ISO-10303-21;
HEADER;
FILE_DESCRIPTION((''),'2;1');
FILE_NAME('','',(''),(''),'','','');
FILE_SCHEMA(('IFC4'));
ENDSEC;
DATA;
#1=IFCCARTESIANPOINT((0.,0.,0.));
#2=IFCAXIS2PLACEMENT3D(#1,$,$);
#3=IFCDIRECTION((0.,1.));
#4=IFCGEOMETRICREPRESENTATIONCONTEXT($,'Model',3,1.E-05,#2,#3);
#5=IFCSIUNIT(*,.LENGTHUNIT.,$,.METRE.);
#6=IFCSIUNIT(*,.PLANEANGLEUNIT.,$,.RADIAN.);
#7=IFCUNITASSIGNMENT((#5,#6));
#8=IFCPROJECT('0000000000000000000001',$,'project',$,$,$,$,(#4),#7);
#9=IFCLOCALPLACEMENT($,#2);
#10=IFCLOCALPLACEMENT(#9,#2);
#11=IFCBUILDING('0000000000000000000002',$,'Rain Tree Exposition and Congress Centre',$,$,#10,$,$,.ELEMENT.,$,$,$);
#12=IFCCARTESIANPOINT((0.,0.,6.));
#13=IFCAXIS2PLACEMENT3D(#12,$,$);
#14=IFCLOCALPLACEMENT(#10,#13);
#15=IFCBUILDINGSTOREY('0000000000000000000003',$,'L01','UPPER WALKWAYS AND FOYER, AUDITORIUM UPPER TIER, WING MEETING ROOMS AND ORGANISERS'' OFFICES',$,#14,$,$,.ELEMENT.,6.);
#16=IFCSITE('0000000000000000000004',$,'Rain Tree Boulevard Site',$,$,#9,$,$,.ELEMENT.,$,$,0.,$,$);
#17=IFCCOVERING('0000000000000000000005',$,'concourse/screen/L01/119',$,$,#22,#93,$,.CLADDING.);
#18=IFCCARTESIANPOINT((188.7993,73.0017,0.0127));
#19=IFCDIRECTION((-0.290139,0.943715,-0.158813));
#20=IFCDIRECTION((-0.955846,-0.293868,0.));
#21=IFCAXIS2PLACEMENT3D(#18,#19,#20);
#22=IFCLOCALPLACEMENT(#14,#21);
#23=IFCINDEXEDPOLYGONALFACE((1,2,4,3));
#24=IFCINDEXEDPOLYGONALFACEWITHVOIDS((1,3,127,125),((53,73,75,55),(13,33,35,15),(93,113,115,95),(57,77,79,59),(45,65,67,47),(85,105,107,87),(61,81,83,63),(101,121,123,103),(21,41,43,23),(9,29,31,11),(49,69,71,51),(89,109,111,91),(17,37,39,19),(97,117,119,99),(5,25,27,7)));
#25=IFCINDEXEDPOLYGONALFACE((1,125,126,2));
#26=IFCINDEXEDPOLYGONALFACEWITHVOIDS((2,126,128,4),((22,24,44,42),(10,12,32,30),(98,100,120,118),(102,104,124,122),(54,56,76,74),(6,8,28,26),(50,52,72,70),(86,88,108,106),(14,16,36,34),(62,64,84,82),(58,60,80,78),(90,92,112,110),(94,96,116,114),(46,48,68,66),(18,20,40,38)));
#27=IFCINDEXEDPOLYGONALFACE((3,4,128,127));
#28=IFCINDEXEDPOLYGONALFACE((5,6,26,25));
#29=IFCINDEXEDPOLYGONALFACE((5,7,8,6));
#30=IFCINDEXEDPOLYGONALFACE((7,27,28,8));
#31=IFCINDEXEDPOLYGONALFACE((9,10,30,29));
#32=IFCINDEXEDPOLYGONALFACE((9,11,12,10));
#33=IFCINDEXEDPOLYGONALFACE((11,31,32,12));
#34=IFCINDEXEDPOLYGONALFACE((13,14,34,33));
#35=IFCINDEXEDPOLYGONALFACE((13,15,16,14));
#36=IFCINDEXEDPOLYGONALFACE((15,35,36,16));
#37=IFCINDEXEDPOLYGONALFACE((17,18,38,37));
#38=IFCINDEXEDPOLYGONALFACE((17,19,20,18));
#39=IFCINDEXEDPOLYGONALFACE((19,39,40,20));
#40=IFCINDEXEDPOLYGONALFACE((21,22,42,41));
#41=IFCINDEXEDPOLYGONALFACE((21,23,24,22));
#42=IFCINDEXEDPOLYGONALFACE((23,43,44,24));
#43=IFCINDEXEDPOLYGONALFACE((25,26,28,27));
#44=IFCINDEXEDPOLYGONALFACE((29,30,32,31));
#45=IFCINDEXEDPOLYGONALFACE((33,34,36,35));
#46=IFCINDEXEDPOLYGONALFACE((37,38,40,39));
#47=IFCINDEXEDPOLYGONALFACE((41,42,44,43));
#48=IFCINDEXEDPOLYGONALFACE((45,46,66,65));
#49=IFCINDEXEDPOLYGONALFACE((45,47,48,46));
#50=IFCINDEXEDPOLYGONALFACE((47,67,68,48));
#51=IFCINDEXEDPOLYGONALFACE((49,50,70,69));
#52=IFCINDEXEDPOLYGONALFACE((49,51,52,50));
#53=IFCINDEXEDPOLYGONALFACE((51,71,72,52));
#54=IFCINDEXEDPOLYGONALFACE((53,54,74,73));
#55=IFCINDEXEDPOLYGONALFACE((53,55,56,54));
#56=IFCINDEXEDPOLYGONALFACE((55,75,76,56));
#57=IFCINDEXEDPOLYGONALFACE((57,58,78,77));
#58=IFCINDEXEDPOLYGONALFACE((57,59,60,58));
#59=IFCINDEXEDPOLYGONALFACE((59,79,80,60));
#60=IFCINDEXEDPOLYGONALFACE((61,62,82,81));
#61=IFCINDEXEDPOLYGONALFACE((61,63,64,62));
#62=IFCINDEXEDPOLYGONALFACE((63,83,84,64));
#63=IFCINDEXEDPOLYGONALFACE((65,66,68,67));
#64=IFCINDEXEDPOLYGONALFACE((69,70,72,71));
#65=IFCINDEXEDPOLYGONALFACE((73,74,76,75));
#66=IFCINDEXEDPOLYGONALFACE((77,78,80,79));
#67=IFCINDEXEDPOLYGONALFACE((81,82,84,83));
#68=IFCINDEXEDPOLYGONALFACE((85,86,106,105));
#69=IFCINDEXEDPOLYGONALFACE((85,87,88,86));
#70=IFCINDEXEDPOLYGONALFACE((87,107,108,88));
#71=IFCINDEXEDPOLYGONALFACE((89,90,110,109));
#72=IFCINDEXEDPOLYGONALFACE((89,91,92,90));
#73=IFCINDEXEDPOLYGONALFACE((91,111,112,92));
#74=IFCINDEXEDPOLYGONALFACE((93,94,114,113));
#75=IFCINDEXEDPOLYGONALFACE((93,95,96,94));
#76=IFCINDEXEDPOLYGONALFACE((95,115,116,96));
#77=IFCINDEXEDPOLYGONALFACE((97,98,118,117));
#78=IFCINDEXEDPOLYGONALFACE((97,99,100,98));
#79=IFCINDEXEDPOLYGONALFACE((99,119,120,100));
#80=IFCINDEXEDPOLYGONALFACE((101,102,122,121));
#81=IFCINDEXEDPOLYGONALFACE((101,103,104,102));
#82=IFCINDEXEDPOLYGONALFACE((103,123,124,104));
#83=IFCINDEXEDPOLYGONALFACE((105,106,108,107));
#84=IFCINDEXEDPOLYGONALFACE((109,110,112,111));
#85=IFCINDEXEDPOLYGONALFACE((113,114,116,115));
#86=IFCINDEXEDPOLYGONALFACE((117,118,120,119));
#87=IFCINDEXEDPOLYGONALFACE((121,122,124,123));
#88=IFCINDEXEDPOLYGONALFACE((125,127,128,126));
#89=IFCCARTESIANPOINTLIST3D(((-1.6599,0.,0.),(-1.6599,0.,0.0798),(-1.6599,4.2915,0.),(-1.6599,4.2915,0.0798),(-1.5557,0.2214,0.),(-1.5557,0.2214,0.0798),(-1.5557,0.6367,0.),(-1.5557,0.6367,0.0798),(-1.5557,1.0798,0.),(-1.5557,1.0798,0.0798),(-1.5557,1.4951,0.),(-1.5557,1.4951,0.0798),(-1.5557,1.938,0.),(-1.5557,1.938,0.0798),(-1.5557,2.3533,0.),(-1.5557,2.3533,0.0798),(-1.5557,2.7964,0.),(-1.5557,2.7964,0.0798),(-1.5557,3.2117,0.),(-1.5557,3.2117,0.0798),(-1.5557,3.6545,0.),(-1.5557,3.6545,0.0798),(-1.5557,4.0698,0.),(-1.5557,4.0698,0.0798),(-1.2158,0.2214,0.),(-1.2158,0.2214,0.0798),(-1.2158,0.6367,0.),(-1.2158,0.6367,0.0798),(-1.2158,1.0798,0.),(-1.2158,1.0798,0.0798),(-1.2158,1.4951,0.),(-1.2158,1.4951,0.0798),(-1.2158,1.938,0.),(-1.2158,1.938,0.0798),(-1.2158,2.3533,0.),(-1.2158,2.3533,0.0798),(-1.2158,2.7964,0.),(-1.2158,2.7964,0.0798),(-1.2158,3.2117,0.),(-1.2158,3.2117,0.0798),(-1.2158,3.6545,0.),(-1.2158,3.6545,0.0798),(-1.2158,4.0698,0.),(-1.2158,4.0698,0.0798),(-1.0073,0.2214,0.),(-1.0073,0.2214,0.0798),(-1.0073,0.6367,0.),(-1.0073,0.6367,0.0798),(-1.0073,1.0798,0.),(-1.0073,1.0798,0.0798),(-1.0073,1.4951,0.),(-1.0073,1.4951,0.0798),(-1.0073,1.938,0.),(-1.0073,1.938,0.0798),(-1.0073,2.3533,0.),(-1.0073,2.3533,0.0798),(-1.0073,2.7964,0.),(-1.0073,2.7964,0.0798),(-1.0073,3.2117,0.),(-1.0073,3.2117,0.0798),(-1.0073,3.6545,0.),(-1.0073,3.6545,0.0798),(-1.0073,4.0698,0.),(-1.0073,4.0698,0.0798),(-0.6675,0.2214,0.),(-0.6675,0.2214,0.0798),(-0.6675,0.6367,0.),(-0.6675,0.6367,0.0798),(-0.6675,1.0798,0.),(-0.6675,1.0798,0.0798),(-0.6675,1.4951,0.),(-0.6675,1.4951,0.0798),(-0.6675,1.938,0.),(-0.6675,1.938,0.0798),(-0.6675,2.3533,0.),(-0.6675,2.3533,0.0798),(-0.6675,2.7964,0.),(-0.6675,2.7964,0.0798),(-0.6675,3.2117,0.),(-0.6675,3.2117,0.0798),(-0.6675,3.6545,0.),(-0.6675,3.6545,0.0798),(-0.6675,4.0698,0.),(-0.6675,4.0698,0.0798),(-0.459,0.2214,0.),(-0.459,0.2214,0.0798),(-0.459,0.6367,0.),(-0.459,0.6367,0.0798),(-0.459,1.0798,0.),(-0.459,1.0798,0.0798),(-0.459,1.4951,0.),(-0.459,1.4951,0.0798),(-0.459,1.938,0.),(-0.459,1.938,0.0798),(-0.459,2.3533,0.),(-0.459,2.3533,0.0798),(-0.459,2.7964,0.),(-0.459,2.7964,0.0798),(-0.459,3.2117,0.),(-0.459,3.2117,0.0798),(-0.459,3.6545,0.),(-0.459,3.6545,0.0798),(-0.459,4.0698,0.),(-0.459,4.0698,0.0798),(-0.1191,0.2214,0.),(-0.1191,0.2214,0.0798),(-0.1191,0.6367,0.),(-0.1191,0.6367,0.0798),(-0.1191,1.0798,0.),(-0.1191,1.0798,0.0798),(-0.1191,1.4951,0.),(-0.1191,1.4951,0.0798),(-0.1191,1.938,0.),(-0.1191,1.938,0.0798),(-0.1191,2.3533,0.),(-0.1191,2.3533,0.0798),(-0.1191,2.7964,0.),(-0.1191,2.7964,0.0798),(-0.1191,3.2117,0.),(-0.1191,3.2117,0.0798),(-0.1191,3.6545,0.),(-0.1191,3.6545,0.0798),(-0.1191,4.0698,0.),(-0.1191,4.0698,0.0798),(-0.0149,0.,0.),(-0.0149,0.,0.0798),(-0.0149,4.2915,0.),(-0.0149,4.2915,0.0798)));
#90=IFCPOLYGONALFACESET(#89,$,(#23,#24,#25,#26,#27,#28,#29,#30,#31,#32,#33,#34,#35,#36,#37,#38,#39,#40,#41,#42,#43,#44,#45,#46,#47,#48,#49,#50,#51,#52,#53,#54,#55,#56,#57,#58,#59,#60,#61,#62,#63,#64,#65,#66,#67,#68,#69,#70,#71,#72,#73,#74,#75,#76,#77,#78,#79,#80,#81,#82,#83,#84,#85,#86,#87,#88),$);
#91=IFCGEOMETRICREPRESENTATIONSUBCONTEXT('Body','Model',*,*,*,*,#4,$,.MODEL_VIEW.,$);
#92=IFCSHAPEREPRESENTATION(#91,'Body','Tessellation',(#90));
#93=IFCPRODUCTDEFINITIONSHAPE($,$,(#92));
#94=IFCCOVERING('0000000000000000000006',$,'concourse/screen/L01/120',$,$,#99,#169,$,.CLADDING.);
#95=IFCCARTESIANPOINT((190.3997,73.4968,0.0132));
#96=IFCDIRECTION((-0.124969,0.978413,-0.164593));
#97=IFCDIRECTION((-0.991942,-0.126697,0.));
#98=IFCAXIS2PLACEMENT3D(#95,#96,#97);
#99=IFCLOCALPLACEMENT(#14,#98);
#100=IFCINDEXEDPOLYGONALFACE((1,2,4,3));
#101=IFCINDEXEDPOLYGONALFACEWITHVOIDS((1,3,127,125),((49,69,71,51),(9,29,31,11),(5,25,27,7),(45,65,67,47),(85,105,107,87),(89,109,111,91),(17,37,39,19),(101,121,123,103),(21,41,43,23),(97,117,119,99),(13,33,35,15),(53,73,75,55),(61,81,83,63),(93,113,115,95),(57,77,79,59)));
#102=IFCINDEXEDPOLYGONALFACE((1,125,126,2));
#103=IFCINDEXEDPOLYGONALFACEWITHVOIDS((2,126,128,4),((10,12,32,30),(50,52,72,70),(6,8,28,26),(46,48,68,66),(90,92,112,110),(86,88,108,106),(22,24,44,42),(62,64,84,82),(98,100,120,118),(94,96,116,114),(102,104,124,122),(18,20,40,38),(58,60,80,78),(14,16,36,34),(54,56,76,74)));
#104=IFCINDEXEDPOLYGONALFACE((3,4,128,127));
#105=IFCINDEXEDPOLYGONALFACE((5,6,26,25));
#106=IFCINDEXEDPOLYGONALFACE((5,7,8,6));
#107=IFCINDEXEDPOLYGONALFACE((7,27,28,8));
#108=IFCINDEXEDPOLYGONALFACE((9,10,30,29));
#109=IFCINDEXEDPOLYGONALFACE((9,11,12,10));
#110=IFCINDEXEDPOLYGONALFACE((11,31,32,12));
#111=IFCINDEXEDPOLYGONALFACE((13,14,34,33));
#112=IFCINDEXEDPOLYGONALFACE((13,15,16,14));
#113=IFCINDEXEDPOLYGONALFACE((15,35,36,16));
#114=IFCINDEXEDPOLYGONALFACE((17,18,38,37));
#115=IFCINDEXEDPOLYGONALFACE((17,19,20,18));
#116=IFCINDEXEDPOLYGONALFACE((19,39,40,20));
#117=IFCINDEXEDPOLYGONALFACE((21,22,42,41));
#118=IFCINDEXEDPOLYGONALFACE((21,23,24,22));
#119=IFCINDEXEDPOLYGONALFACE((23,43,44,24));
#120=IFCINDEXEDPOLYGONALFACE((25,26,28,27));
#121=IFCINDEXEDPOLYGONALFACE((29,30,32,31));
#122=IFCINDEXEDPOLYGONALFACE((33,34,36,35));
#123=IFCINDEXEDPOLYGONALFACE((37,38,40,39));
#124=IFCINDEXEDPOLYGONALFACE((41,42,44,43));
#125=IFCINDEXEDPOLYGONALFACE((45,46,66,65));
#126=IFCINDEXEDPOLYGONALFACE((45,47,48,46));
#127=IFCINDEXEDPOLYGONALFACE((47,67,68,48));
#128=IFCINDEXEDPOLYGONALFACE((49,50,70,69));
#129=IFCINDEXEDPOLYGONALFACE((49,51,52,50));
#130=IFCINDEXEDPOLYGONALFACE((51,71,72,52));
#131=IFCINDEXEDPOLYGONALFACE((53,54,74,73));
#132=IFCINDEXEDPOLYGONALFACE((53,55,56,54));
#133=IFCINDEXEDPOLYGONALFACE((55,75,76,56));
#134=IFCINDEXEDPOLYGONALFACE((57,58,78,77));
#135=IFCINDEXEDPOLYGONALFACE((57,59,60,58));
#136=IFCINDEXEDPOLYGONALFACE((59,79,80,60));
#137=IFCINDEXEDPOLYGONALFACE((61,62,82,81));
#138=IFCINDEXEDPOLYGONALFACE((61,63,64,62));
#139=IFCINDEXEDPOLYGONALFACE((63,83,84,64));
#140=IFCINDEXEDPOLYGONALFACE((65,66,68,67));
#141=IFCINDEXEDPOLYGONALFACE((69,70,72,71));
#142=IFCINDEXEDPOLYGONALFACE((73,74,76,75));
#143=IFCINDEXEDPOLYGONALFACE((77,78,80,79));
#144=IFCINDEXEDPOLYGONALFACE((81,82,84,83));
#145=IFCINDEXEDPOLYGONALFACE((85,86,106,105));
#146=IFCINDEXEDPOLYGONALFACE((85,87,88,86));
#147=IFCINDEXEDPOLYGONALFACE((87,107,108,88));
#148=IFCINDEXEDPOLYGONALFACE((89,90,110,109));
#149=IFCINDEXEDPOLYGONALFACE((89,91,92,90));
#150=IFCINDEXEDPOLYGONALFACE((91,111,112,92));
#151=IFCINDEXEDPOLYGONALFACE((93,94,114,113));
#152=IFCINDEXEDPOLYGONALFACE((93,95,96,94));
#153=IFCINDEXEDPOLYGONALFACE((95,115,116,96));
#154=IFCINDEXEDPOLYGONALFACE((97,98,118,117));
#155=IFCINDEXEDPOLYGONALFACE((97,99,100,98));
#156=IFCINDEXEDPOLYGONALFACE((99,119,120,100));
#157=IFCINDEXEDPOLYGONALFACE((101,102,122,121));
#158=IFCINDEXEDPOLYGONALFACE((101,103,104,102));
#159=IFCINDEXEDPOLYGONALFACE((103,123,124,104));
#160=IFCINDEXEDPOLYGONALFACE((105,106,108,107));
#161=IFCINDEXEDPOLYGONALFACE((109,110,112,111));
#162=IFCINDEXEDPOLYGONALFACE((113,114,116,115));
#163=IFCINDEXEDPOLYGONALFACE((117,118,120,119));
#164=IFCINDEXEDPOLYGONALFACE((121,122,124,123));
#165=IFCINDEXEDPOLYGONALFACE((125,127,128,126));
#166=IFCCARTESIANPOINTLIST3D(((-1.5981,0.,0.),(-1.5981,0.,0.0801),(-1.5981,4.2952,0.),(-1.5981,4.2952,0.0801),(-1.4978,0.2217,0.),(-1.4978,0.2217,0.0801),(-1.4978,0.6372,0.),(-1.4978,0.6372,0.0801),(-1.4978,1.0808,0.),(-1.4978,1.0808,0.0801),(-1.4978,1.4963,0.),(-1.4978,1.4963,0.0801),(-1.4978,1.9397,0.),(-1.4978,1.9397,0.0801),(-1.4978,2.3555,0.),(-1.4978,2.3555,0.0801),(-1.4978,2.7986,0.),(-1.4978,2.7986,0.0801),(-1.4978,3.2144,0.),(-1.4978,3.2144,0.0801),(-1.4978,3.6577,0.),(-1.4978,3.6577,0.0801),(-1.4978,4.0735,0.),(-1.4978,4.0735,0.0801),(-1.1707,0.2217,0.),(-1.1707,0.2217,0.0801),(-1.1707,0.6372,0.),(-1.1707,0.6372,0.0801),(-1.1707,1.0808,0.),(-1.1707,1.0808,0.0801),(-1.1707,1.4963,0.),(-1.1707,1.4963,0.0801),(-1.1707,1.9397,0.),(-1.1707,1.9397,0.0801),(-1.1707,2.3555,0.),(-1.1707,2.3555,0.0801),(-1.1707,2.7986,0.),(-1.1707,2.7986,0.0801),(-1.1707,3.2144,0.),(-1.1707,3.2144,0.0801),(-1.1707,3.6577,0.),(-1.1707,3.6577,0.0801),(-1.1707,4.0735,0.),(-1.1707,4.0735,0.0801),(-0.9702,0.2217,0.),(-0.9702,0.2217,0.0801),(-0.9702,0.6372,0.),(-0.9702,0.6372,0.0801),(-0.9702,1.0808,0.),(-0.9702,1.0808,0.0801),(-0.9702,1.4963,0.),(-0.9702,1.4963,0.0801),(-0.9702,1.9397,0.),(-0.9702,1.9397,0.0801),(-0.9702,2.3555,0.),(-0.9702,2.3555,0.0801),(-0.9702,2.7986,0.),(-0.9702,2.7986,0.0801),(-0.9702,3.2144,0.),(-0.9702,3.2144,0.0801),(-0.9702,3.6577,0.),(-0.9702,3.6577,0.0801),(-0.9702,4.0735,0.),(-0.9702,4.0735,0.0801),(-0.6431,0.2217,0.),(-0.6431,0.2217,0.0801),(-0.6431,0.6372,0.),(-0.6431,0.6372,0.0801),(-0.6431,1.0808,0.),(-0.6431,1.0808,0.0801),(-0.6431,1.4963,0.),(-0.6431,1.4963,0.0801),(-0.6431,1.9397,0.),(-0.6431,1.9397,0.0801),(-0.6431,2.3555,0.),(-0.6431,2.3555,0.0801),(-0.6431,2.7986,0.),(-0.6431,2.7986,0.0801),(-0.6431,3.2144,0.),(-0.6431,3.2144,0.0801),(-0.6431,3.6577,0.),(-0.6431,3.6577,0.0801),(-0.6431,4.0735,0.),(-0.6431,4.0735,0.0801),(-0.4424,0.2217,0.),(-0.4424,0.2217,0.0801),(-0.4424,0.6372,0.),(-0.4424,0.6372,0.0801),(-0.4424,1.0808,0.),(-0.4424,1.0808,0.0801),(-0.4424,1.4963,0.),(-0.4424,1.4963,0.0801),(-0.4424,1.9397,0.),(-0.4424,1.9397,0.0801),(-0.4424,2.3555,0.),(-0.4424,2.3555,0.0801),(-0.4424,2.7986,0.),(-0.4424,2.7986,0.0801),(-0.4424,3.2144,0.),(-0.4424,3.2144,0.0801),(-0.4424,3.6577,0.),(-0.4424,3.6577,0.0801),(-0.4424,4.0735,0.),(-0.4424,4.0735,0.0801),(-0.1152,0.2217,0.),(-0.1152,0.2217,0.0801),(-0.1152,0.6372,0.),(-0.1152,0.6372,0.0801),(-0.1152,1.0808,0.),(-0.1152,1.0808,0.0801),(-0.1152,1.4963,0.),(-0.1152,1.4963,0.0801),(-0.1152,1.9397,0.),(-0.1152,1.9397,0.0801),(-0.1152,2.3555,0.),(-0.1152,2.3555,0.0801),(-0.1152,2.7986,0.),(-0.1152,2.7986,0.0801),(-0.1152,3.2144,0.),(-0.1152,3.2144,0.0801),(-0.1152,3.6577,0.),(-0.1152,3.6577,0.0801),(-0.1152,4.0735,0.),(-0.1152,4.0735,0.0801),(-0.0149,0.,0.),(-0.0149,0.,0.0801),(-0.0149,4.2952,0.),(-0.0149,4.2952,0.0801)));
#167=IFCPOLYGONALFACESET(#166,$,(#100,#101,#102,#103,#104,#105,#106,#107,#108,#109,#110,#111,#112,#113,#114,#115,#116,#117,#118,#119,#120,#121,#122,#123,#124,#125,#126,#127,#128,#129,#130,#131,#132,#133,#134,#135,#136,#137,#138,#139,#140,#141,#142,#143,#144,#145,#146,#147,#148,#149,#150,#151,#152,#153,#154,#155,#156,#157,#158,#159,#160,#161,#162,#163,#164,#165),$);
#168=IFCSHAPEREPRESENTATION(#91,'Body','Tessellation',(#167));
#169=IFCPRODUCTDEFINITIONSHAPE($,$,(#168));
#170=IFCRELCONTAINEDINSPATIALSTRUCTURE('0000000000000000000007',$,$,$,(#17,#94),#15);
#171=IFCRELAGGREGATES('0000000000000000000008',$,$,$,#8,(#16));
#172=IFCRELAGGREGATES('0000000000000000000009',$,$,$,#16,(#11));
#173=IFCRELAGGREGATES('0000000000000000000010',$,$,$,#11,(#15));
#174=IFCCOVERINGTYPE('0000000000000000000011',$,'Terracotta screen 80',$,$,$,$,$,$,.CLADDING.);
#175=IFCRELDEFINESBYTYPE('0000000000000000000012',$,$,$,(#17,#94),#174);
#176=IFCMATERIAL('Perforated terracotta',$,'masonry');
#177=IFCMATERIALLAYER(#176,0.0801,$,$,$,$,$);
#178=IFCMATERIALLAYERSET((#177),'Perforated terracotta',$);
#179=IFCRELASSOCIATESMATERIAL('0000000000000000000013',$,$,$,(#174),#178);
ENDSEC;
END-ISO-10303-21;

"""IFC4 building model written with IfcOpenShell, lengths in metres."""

from ifc_helpers import new_model, si_unit, direction, frame, origin, place, context, subcontext, project, spatial, polyline, outline, extrude, material, layer, layer_set, type_object, element, save


model = new_model("IFC4")

# Units and contexts
model_context = context("Model", 3, precision=1e-05, world=origin(), true_north=direction((0.0, 1.0)))
body_context = subcontext(model_context, "Body", "Model", "MODEL_VIEW")
ifc_project = project(units=[si_unit("LENGTHUNIT", "METRE"), si_unit("PLANEANGLEUNIT", "RADIAN")], contexts=[model_context])

# Site, building, storey
site_placement = place(None, origin())
site = spatial("IfcSite", under=ifc_project, at=site_placement, Name="Rain Tree Boulevard Site", CompositionType="ELEMENT", RefElevation=0.0)
building_placement = place(site_placement, origin())
building = spatial("IfcBuilding", under=site, at=building_placement, Name="Rain Tree Exposition and Congress Centre", CompositionType="ELEMENT")
storey_placement = place(building_placement, frame((0.0, 0.0, 6.0)))
storey = spatial("IfcBuildingStorey", under=building, at=storey_placement, Name="L01", Description="UPPER WALKWAYS AND FOYER, AUDITORIUM UPPER TIER, WING MEETING ROOMS AND ORGANISERS' OFFICES", CompositionType="ELEMENT", Elevation=6.0)

# Coverings
ifc_material_1 = material(Name="Perforated terracotta", Category="masonry")
ifc_layer_1 = layer(ifc_material_1, 0.0801)
ifc_layer_set_1 = layer_set([ifc_layer_1], Name="Perforated terracotta")
covering_type = type_object("IfcCoveringType", Name="Terracotta screen 80", PredefinedType="CLADDING", material=ifc_layer_set_1)
covering_1_placement = place(storey_placement, frame((188.7993, 73.0017, 0.0127), z_axis=(-0.290139, 0.943715, -0.158813), x_axis=(-0.955846, -0.293868, 0.0)))
element("IfcCovering", 1, at=covering_1_placement, inside=storey, type_object=covering_type, Name="concourse/screen/L01/119", PredefinedType="CLADDING", context=body_context, shape_type="SweptSolid", body=[
    extrude(outline(polyline([(-1.6599, 0.0), (-1.6599, 4.2915), (-0.0149, 4.2915), (-0.0149, 0.0), (-1.6599, 0.0)]), holes=[polyline([(-0.1191, 0.2214), (-0.1191, 0.6367), (-0.459, 0.6367), (-0.459, 0.2214), (-0.1191, 0.2214)]), polyline([(-0.1191, 1.0798), (-0.1191, 1.4951), (-0.459, 1.4951), (-0.459, 1.0798), (-0.1191, 1.0798)]), polyline([(-0.1191, 1.938), (-0.1191, 2.3533), (-0.459, 2.3533), (-0.459, 1.938), (-0.1191, 1.938)]), polyline([(-0.1191, 2.7964), (-0.1191, 3.2117), (-0.459, 3.2117), (-0.459, 2.7964), (-0.1191, 2.7964)]), polyline([(-0.1191, 3.6545), (-0.1191, 4.0698), (-0.459, 4.0698), (-0.459, 3.6545), (-0.1191, 3.6545)]), polyline([(-0.6675, 0.2214), (-0.6675, 0.6367), (-1.0073, 0.6367), (-1.0073, 0.2214), (-0.6675, 0.2214)]), polyline([(-0.6675, 1.0798), (-0.6675, 1.4951), (-1.0073, 1.4951), (-1.0073, 1.0798), (-0.6675, 1.0798)]), polyline([(-0.6675, 1.938), (-0.6675, 2.3533), (-1.0073, 2.3533), (-1.0073, 1.938), (-0.6675, 1.938)]), polyline([(-0.6675, 2.7964), (-0.6675, 3.2117), (-1.0073, 3.2117), (-1.0073, 2.7964), (-0.6675, 2.7964)]), polyline([(-0.6675, 3.6545), (-0.6675, 4.0698), (-1.0073, 4.0698), (-1.0073, 3.6545), (-0.6675, 3.6545)]), polyline([(-1.2158, 0.2214), (-1.2158, 0.6367), (-1.5557, 0.6367), (-1.5557, 0.2214), (-1.2158, 0.2214)]), polyline([(-1.2158, 1.0798), (-1.2158, 1.4951), (-1.5557, 1.4951), (-1.5557, 1.0798), (-1.2158, 1.0798)]), polyline([(-1.2158, 1.938), (-1.2158, 2.3533), (-1.5557, 2.3533), (-1.5557, 1.938), (-1.2158, 1.938)]), polyline([(-1.2158, 2.7964), (-1.2158, 3.2117), (-1.5557, 3.2117), (-1.5557, 2.7964), (-1.2158, 2.7964)]), polyline([(-1.2158, 3.6545), (-1.2158, 4.0698), (-1.5557, 4.0698), (-1.5557, 3.6545), (-1.2158, 3.6545)])]), origin(), (0.0, 0.0, 1.0), 0.0798),
])
covering_2_placement = place(storey_placement, frame((190.3997, 73.4968, 0.0132), z_axis=(-0.124969, 0.978413, -0.164593), x_axis=(-0.991942, -0.126697, 0.0)))
element("IfcCovering", 2, at=covering_2_placement, inside=storey, type_object=covering_type, Name="concourse/screen/L01/120", PredefinedType="CLADDING", context=body_context, shape_type="SweptSolid", body=[
    extrude(outline(polyline([(-1.5981, 0.0), (-1.5981, 4.2952), (-0.0149, 4.2952), (-0.0149, 0.0), (-1.5981, 0.0)]), holes=[polyline([(-0.1152, 0.2217), (-0.1152, 0.6372), (-0.4424, 0.6372), (-0.4424, 0.2217), (-0.1152, 0.2217)]), polyline([(-0.1152, 1.0808), (-0.1152, 1.4963), (-0.4424, 1.4963), (-0.4424, 1.0808), (-0.1152, 1.0808)]), polyline([(-0.1152, 1.9397), (-0.1152, 2.3555), (-0.4424, 2.3555), (-0.4424, 1.9397), (-0.1152, 1.9397)]), polyline([(-0.1152, 2.7986), (-0.1152, 3.2144), (-0.4424, 3.2144), (-0.4424, 2.7986), (-0.1152, 2.7986)]), polyline([(-0.1152, 3.6577), (-0.1152, 4.0735), (-0.4424, 4.0735), (-0.4424, 3.6577), (-0.1152, 3.6577)]), polyline([(-0.6431, 0.2217), (-0.6431, 0.6372), (-0.9702, 0.6372), (-0.9702, 0.2217), (-0.6431, 0.2217)]), polyline([(-0.6431, 1.0808), (-0.6431, 1.4963), (-0.9702, 1.4963), (-0.9702, 1.0808), (-0.6431, 1.0808)]), polyline([(-0.6431, 1.9397), (-0.6431, 2.3555), (-0.9702, 2.3555), (-0.9702, 1.9397), (-0.6431, 1.9397)]), polyline([(-0.6431, 2.7986), (-0.6431, 3.2144), (-0.9702, 3.2144), (-0.9702, 2.7986), (-0.6431, 2.7986)]), polyline([(-0.6431, 3.6577), (-0.6431, 4.0735), (-0.9702, 4.0735), (-0.9702, 3.6577), (-0.6431, 3.6577)]), polyline([(-1.1707, 0.2217), (-1.1707, 0.6372), (-1.4978, 0.6372), (-1.4978, 0.2217), (-1.1707, 0.2217)]), polyline([(-1.1707, 1.0808), (-1.1707, 1.4963), (-1.4978, 1.4963), (-1.4978, 1.0808), (-1.1707, 1.0808)]), polyline([(-1.1707, 1.9397), (-1.1707, 2.3555), (-1.4978, 2.3555), (-1.4978, 1.9397), (-1.1707, 1.9397)]), polyline([(-1.1707, 2.7986), (-1.1707, 3.2144), (-1.4978, 3.2144), (-1.4978, 2.7986), (-1.1707, 2.7986)]), polyline([(-1.1707, 3.6577), (-1.1707, 4.0735), (-1.4978, 4.0735), (-1.4978, 3.6577), (-1.1707, 3.6577)])]), origin(), (0.0, 0.0, 1.0), 0.0801),
])

save(model, "model.ifc")
